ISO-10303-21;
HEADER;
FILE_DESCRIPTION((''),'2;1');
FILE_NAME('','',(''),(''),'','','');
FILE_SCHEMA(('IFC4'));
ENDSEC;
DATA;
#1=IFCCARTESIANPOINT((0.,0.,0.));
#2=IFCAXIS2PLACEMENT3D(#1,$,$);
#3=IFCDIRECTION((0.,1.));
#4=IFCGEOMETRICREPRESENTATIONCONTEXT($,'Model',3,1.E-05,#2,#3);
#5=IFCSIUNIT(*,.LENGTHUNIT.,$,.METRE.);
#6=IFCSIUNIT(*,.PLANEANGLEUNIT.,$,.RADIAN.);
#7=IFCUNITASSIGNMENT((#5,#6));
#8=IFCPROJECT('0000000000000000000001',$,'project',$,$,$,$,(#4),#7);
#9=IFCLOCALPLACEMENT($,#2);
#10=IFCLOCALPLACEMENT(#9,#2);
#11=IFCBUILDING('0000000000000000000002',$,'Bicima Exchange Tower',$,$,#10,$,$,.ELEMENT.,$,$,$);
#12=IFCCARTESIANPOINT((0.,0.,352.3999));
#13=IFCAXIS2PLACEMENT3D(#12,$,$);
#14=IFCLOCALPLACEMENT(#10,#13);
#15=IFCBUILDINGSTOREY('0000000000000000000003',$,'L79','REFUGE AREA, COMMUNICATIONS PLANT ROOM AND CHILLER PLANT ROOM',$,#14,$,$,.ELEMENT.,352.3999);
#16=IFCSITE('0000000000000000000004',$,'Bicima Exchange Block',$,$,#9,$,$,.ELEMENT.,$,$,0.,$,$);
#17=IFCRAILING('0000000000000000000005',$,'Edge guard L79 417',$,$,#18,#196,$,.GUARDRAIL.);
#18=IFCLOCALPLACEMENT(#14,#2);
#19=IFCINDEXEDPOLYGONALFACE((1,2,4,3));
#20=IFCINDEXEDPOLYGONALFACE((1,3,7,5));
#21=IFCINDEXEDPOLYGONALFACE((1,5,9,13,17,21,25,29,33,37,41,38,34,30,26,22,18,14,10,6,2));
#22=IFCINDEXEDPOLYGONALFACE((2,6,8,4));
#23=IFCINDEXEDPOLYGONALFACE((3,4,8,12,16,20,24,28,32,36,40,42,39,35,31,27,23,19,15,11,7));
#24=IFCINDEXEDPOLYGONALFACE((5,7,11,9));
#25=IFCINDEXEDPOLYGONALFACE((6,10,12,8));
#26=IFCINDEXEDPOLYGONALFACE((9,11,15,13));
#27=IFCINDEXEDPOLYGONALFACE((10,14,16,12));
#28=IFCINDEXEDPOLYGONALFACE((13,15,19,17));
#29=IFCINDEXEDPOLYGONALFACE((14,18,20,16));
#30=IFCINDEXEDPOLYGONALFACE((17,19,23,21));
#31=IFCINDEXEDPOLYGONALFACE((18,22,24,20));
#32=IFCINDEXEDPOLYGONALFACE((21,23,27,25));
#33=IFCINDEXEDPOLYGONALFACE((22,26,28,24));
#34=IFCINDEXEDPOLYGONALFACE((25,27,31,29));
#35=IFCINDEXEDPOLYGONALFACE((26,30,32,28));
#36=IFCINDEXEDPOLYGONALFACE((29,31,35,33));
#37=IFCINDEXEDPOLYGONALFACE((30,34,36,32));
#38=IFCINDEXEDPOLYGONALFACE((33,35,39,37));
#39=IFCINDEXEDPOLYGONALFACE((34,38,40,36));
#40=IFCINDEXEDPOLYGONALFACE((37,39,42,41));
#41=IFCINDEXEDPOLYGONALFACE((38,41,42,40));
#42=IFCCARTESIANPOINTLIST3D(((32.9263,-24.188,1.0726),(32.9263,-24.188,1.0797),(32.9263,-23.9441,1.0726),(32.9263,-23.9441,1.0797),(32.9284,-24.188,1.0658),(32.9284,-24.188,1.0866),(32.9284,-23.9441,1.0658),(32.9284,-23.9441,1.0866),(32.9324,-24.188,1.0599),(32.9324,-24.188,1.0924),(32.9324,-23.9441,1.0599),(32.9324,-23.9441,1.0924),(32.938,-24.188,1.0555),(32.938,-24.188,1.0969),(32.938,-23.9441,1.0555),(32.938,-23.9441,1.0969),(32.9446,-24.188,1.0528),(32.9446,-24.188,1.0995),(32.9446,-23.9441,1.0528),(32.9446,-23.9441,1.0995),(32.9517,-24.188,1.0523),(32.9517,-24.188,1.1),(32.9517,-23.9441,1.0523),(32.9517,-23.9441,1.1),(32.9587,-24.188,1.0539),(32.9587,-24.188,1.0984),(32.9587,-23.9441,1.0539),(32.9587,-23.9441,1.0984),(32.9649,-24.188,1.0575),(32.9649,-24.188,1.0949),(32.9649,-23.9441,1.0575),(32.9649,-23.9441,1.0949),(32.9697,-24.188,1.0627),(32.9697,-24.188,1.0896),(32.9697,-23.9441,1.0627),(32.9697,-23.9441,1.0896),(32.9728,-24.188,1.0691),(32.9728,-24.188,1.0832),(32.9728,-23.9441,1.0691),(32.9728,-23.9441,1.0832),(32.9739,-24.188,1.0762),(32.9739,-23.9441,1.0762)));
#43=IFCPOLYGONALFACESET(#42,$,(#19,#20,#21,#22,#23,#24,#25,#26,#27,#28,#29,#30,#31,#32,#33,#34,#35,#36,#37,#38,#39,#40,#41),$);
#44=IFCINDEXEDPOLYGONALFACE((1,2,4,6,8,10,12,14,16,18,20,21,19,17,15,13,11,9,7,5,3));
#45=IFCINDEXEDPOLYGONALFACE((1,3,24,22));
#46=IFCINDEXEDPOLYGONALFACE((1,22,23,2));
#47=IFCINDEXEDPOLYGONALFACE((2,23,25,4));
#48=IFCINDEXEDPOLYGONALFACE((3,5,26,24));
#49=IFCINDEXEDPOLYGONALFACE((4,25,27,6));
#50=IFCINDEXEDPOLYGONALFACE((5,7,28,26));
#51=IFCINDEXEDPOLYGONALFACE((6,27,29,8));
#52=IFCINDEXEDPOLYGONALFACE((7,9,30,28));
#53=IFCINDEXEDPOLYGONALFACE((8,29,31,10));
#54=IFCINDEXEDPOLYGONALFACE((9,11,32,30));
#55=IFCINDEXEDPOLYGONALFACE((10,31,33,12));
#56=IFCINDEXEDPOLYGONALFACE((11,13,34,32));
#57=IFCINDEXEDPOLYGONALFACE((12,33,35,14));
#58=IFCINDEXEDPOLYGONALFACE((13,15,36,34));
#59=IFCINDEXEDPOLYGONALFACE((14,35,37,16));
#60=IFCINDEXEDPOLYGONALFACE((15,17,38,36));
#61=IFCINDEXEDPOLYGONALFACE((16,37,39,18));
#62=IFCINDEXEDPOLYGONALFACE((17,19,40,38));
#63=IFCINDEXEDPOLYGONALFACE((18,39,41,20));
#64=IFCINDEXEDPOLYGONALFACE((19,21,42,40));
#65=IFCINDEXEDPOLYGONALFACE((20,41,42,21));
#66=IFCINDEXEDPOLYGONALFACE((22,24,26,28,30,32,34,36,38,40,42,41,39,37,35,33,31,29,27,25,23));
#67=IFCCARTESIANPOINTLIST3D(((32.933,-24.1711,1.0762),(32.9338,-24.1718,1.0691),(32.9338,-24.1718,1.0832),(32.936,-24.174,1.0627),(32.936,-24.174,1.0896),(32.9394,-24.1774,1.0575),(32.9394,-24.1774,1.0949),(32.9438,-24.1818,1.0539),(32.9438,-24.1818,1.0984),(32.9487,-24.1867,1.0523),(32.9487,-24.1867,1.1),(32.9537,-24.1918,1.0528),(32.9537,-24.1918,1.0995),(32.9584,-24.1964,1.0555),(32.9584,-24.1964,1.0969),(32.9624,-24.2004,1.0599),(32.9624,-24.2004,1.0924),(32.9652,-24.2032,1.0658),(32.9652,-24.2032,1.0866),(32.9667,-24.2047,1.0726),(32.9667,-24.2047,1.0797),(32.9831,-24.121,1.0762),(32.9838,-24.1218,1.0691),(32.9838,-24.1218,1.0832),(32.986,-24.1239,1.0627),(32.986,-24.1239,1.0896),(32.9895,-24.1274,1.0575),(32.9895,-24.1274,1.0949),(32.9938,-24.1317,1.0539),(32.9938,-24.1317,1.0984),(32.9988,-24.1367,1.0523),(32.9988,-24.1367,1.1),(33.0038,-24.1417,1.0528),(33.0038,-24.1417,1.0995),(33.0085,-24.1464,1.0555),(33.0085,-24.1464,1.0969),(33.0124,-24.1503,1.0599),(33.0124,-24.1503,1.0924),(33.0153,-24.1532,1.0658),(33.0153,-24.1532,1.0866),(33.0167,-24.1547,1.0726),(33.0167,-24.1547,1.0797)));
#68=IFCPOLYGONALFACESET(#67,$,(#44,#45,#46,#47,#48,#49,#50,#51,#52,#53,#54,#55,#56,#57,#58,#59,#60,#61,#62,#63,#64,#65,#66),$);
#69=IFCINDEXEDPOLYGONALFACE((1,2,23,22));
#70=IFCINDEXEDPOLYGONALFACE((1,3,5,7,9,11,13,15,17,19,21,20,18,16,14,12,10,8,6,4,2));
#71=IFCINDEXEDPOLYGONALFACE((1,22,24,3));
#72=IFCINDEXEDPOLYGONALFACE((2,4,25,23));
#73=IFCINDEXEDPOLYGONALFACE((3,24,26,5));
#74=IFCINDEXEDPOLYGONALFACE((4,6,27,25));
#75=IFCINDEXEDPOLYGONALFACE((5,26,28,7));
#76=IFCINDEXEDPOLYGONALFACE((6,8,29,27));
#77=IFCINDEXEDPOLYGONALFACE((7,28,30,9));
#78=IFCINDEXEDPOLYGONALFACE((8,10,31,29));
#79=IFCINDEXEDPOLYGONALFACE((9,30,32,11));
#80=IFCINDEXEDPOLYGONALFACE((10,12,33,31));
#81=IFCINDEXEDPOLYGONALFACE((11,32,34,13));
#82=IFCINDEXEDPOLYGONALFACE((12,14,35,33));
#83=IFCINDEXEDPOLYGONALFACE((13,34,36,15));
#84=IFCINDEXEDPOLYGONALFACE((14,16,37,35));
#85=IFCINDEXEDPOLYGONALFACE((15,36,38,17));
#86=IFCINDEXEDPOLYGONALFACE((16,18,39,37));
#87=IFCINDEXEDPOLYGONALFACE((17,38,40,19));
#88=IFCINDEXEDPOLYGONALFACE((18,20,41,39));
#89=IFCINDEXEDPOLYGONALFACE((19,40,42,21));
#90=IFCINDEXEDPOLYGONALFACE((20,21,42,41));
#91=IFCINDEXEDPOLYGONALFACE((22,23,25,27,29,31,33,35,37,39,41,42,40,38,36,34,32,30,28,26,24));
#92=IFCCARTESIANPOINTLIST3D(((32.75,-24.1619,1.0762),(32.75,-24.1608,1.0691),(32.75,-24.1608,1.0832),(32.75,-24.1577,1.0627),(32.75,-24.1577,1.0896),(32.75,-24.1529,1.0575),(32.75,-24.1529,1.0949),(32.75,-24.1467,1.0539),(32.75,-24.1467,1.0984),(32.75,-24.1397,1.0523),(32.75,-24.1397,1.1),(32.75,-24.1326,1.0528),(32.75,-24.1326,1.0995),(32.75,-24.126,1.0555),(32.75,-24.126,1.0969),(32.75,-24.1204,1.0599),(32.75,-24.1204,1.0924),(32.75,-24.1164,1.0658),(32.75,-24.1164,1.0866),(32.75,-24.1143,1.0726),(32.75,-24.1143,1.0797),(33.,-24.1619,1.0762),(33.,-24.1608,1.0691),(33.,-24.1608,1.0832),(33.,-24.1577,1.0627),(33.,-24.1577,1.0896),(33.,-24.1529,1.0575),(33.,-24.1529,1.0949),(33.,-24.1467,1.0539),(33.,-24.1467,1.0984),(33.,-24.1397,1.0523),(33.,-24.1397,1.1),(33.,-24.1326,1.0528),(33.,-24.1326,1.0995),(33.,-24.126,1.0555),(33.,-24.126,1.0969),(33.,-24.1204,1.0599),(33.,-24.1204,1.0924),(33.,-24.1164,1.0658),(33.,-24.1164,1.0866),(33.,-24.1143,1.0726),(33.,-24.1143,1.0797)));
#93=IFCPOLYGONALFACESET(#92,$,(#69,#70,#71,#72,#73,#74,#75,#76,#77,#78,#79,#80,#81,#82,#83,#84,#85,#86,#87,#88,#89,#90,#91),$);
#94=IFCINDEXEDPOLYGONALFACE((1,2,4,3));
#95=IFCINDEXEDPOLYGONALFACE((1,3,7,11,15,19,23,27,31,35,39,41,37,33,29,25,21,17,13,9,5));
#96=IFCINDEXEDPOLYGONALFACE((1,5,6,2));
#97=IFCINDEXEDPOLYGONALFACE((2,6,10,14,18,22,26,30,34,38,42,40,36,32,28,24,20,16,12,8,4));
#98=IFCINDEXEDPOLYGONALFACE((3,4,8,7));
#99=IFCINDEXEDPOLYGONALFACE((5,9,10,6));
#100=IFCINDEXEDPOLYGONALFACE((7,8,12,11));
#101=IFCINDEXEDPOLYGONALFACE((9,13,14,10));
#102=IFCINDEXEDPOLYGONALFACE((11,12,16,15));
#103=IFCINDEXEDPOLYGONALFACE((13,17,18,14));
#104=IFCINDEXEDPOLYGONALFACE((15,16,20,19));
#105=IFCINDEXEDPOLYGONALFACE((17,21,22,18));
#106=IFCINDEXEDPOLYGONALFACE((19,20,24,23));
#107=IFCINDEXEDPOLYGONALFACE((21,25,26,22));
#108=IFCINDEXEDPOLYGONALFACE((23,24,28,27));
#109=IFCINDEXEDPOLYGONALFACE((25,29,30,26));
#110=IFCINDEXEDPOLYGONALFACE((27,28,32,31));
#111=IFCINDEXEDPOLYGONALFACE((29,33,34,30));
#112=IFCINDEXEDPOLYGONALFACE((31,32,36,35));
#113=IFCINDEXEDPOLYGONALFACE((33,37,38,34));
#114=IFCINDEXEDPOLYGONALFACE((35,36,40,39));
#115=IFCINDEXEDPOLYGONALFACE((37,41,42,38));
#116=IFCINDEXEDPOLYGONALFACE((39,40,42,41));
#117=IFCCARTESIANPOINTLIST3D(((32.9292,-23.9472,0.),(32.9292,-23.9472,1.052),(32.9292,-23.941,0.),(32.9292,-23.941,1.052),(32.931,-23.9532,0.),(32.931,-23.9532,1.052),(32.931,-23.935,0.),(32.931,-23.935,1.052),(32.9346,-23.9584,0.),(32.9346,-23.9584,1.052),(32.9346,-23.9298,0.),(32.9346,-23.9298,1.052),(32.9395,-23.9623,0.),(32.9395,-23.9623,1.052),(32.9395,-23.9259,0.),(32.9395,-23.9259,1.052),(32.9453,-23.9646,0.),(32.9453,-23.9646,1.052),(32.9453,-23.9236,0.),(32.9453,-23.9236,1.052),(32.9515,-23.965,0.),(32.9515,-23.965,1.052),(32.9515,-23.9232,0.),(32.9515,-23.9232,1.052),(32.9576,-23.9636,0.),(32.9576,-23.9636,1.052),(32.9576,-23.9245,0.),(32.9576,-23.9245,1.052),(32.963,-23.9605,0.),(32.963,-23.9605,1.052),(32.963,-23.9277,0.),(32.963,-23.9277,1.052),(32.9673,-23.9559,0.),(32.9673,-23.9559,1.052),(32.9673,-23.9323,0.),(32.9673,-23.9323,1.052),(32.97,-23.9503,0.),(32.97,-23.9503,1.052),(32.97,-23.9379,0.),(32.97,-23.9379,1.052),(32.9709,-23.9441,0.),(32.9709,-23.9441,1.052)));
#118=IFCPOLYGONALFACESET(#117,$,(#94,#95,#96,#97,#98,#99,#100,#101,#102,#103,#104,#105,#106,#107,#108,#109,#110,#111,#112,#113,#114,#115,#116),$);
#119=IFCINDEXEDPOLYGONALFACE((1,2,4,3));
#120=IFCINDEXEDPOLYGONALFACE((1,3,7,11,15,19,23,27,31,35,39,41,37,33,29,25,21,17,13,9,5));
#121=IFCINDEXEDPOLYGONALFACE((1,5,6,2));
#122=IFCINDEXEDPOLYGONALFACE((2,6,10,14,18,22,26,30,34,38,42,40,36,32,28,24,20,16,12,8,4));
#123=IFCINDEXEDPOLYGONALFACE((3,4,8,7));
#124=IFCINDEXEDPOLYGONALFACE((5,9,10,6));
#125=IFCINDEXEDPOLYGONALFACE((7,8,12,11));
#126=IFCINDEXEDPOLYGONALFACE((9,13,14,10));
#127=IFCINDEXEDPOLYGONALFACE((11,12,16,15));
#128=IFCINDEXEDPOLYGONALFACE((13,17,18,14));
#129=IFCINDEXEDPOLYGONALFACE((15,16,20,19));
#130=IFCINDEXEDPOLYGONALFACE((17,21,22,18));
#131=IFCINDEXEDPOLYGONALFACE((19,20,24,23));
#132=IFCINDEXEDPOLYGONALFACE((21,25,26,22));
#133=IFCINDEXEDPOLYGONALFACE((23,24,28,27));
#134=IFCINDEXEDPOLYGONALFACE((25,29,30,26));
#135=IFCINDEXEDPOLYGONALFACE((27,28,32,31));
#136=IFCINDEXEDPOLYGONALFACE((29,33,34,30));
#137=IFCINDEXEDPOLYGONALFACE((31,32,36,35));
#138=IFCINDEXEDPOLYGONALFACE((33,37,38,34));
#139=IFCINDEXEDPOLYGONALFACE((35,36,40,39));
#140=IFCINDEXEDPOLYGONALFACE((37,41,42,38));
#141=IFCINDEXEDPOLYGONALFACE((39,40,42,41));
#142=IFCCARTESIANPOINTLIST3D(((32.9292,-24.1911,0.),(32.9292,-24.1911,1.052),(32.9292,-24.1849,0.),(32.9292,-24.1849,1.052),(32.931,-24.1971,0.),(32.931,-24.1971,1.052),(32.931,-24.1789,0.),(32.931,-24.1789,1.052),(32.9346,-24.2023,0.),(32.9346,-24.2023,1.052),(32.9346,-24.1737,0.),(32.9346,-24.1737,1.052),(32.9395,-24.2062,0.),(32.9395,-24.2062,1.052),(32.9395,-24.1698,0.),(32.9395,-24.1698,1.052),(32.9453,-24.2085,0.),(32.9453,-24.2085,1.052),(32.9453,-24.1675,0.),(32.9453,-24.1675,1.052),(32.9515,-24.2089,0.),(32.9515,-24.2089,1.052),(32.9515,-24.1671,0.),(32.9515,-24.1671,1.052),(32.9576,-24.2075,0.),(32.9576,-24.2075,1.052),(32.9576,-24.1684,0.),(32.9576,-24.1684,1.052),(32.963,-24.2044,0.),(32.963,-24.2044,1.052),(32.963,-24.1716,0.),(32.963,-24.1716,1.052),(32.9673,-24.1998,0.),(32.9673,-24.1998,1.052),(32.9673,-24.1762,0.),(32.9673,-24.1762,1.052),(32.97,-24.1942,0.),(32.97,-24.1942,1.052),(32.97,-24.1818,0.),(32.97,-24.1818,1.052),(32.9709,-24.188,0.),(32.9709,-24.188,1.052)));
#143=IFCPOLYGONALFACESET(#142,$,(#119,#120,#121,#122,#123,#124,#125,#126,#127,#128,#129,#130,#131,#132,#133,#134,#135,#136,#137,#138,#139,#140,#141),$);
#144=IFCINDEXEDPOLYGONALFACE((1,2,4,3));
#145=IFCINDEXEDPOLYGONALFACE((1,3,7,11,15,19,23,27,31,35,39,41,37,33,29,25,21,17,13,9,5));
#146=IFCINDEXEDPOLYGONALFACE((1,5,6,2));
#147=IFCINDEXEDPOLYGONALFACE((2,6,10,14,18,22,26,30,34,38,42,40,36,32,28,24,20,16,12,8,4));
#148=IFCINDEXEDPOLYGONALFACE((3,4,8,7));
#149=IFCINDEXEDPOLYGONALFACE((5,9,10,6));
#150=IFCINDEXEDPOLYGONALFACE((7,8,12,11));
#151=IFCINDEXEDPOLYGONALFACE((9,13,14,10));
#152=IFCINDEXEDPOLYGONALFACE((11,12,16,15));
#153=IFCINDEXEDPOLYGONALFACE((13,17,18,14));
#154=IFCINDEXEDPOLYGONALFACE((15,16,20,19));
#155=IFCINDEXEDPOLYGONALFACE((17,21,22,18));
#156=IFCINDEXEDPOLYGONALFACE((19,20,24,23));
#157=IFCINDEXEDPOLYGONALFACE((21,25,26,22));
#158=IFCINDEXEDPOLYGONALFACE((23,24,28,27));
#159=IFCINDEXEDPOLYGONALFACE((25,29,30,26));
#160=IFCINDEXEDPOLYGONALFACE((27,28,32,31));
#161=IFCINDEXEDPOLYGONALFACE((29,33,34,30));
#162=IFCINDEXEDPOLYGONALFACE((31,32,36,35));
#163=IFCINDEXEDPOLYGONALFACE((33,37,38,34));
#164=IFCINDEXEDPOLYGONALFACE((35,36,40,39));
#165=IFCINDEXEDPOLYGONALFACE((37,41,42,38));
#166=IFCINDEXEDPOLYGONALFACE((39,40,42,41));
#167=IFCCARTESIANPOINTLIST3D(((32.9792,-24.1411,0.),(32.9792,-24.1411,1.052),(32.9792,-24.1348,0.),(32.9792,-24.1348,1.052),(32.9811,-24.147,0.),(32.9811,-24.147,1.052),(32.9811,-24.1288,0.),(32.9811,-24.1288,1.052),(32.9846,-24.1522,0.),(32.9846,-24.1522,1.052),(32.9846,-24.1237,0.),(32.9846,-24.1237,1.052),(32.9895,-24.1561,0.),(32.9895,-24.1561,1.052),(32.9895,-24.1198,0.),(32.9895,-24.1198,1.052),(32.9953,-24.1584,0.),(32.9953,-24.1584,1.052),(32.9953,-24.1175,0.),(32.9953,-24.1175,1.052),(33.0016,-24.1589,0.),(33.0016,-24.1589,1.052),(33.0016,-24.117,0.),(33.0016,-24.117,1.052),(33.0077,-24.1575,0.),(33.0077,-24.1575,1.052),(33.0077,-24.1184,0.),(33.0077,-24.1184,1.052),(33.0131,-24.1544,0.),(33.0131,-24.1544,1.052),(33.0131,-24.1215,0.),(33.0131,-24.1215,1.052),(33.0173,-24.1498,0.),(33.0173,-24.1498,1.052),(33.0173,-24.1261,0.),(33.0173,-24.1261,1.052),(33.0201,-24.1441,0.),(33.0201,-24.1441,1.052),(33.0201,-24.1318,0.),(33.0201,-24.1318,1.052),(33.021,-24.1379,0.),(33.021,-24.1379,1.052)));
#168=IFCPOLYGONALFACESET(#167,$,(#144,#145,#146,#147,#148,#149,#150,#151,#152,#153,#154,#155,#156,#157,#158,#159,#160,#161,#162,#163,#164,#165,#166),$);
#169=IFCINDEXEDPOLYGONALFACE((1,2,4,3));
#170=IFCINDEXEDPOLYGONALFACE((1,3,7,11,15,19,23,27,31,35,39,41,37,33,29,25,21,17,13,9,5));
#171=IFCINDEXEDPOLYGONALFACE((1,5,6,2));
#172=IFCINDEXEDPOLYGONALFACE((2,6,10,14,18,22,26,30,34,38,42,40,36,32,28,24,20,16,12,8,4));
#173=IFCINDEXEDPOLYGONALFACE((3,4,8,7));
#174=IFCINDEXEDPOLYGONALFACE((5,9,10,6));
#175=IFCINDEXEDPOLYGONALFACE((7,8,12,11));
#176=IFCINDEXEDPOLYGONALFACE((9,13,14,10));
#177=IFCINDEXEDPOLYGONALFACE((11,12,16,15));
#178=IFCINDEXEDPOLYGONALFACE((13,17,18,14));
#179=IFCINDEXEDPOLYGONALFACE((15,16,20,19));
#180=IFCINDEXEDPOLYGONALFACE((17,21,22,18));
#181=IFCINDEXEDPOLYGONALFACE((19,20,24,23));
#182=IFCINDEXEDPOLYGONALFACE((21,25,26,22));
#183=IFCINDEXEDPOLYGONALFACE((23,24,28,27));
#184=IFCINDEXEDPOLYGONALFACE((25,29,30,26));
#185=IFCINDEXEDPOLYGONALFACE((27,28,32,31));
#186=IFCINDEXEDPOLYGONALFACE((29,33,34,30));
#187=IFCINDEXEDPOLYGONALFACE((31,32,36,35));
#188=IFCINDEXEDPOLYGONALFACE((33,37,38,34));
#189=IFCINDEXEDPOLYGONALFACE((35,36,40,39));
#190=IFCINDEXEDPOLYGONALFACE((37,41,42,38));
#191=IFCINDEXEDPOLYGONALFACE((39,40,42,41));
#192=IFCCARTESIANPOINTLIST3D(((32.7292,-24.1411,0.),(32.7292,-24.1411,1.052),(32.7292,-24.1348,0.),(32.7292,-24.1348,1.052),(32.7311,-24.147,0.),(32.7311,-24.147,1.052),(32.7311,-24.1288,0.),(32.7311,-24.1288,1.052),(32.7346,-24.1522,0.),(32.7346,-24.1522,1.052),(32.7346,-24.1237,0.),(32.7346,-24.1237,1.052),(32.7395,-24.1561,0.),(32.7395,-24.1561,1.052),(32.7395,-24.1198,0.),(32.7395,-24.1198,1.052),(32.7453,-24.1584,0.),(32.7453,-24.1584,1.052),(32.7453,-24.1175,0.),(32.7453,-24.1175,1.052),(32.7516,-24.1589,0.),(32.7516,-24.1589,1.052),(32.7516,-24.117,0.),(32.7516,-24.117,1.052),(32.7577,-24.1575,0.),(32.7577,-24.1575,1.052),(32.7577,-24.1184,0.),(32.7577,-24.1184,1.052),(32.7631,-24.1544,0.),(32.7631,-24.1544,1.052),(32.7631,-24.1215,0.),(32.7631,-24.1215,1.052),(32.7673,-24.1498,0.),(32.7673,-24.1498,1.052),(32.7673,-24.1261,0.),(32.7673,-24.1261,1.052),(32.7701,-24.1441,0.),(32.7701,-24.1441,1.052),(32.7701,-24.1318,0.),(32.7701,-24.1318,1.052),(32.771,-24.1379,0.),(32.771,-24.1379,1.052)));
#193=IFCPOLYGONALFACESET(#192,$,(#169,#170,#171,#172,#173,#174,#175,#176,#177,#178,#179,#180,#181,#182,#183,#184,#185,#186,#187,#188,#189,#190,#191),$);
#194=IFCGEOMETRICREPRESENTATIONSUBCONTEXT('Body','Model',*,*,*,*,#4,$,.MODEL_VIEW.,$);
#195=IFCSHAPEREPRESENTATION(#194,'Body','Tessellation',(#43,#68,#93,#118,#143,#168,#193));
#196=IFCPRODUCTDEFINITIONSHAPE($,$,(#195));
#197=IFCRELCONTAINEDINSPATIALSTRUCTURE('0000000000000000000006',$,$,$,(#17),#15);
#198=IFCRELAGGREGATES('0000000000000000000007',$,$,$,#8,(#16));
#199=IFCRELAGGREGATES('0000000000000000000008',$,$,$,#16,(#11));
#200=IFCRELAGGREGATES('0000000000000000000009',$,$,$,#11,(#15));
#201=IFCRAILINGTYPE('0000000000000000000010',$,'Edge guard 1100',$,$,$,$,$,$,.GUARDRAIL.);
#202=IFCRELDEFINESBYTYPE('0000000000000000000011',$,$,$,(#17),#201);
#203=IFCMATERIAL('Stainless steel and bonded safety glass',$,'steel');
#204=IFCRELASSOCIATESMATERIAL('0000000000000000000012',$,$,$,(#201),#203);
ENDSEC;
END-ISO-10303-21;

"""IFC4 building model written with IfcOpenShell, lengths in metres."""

from ifc_helpers import new_model, si_unit, direction, frame, origin, origin_2d, place, context, subcontext, project, spatial, circle, extrude, material, type_object, element, save


model = new_model("IFC4")

# Units and contexts
model_context = context("Model", 3, precision=1e-05, world=origin(), true_north=direction((0.0, 1.0)))
body_context = subcontext(model_context, "Body", "Model", "MODEL_VIEW")
ifc_project = project(units=[si_unit("LENGTHUNIT", "METRE"), si_unit("PLANEANGLEUNIT", "RADIAN")], contexts=[model_context])

# Site, building, storey
site_placement = place(None, origin())
site = spatial("IfcSite", under=ifc_project, at=site_placement, Name="Bicima Exchange Block", CompositionType="ELEMENT", RefElevation=0.0)
building_placement = place(site_placement, origin())
building = spatial("IfcBuilding", under=site, at=building_placement, Name="Bicima Exchange Tower", CompositionType="ELEMENT")
storey_placement = place(building_placement, frame((0.0, 0.0, 352.3999)))
storey = spatial("IfcBuildingStorey", under=building, at=storey_placement, Name="L79", Description="REFUGE AREA, COMMUNICATIONS PLANT ROOM AND CHILLER PLANT ROOM", CompositionType="ELEMENT", Elevation=352.3999)

# Railing
ifc_material_1 = material(Name="Stainless steel and bonded safety glass", Category="steel")
railing_type = type_object("IfcRailingType", Name="Edge guard 1100", PredefinedType="GUARDRAIL", material=ifc_material_1)
railing_1_placement = place(storey_placement, frame((32.95, -23.9441, 0.0)))
element("IfcRailing", 1, at=railing_1_placement, inside=storey, type_object=railing_type, Name="Edge guard L79 417", PredefinedType="GUARDRAIL", context=body_context, shape_type="SweptSolid", body=[
    extrude(circle(Radius=0.0239, at=origin_2d()), frame((0.0, 0.0, 1.0762), z_axis=(0.0, -1.0, 0.0), x_axis=(1.0, 0.0, 0.0)), (0.0, 0.0, 1.0), 0.2439),
    extrude(circle(Radius=0.0239, at=origin_2d()), frame((0.0, -0.2439, 1.0762), z_axis=(0.707107, 0.707107, 0.0), x_axis=(-0.707107, 0.707107, 0.0)), (0.0, 0.0, 1.0), 0.0708),
    extrude(circle(Radius=0.0239, at=origin_2d()), frame((0.05, -0.1938, 1.0762), z_axis=(-1.0, 0.0, 0.0), x_axis=(0.0, -1.0, 0.0)), (0.0, 0.0, 1.0), 0.25),
    extrude(circle(Radius=0.021, at=origin_2d()), origin(), (0.0, 0.0, 1.0), 1.052),
    extrude(circle(Radius=0.021, at=origin_2d()), frame((0.0, -0.2439, 0.0)), (0.0, 0.0, 1.0), 1.052),
    extrude(circle(Radius=0.021, at=origin_2d()), frame((0.05, -0.1938, 0.0)), (0.0, 0.0, 1.0), 1.052),
    extrude(circle(Radius=0.021, at=origin_2d()), frame((-0.2, -0.1938, 0.0)), (0.0, 0.0, 1.0), 1.052),
])

save(model, "model.ifc")
